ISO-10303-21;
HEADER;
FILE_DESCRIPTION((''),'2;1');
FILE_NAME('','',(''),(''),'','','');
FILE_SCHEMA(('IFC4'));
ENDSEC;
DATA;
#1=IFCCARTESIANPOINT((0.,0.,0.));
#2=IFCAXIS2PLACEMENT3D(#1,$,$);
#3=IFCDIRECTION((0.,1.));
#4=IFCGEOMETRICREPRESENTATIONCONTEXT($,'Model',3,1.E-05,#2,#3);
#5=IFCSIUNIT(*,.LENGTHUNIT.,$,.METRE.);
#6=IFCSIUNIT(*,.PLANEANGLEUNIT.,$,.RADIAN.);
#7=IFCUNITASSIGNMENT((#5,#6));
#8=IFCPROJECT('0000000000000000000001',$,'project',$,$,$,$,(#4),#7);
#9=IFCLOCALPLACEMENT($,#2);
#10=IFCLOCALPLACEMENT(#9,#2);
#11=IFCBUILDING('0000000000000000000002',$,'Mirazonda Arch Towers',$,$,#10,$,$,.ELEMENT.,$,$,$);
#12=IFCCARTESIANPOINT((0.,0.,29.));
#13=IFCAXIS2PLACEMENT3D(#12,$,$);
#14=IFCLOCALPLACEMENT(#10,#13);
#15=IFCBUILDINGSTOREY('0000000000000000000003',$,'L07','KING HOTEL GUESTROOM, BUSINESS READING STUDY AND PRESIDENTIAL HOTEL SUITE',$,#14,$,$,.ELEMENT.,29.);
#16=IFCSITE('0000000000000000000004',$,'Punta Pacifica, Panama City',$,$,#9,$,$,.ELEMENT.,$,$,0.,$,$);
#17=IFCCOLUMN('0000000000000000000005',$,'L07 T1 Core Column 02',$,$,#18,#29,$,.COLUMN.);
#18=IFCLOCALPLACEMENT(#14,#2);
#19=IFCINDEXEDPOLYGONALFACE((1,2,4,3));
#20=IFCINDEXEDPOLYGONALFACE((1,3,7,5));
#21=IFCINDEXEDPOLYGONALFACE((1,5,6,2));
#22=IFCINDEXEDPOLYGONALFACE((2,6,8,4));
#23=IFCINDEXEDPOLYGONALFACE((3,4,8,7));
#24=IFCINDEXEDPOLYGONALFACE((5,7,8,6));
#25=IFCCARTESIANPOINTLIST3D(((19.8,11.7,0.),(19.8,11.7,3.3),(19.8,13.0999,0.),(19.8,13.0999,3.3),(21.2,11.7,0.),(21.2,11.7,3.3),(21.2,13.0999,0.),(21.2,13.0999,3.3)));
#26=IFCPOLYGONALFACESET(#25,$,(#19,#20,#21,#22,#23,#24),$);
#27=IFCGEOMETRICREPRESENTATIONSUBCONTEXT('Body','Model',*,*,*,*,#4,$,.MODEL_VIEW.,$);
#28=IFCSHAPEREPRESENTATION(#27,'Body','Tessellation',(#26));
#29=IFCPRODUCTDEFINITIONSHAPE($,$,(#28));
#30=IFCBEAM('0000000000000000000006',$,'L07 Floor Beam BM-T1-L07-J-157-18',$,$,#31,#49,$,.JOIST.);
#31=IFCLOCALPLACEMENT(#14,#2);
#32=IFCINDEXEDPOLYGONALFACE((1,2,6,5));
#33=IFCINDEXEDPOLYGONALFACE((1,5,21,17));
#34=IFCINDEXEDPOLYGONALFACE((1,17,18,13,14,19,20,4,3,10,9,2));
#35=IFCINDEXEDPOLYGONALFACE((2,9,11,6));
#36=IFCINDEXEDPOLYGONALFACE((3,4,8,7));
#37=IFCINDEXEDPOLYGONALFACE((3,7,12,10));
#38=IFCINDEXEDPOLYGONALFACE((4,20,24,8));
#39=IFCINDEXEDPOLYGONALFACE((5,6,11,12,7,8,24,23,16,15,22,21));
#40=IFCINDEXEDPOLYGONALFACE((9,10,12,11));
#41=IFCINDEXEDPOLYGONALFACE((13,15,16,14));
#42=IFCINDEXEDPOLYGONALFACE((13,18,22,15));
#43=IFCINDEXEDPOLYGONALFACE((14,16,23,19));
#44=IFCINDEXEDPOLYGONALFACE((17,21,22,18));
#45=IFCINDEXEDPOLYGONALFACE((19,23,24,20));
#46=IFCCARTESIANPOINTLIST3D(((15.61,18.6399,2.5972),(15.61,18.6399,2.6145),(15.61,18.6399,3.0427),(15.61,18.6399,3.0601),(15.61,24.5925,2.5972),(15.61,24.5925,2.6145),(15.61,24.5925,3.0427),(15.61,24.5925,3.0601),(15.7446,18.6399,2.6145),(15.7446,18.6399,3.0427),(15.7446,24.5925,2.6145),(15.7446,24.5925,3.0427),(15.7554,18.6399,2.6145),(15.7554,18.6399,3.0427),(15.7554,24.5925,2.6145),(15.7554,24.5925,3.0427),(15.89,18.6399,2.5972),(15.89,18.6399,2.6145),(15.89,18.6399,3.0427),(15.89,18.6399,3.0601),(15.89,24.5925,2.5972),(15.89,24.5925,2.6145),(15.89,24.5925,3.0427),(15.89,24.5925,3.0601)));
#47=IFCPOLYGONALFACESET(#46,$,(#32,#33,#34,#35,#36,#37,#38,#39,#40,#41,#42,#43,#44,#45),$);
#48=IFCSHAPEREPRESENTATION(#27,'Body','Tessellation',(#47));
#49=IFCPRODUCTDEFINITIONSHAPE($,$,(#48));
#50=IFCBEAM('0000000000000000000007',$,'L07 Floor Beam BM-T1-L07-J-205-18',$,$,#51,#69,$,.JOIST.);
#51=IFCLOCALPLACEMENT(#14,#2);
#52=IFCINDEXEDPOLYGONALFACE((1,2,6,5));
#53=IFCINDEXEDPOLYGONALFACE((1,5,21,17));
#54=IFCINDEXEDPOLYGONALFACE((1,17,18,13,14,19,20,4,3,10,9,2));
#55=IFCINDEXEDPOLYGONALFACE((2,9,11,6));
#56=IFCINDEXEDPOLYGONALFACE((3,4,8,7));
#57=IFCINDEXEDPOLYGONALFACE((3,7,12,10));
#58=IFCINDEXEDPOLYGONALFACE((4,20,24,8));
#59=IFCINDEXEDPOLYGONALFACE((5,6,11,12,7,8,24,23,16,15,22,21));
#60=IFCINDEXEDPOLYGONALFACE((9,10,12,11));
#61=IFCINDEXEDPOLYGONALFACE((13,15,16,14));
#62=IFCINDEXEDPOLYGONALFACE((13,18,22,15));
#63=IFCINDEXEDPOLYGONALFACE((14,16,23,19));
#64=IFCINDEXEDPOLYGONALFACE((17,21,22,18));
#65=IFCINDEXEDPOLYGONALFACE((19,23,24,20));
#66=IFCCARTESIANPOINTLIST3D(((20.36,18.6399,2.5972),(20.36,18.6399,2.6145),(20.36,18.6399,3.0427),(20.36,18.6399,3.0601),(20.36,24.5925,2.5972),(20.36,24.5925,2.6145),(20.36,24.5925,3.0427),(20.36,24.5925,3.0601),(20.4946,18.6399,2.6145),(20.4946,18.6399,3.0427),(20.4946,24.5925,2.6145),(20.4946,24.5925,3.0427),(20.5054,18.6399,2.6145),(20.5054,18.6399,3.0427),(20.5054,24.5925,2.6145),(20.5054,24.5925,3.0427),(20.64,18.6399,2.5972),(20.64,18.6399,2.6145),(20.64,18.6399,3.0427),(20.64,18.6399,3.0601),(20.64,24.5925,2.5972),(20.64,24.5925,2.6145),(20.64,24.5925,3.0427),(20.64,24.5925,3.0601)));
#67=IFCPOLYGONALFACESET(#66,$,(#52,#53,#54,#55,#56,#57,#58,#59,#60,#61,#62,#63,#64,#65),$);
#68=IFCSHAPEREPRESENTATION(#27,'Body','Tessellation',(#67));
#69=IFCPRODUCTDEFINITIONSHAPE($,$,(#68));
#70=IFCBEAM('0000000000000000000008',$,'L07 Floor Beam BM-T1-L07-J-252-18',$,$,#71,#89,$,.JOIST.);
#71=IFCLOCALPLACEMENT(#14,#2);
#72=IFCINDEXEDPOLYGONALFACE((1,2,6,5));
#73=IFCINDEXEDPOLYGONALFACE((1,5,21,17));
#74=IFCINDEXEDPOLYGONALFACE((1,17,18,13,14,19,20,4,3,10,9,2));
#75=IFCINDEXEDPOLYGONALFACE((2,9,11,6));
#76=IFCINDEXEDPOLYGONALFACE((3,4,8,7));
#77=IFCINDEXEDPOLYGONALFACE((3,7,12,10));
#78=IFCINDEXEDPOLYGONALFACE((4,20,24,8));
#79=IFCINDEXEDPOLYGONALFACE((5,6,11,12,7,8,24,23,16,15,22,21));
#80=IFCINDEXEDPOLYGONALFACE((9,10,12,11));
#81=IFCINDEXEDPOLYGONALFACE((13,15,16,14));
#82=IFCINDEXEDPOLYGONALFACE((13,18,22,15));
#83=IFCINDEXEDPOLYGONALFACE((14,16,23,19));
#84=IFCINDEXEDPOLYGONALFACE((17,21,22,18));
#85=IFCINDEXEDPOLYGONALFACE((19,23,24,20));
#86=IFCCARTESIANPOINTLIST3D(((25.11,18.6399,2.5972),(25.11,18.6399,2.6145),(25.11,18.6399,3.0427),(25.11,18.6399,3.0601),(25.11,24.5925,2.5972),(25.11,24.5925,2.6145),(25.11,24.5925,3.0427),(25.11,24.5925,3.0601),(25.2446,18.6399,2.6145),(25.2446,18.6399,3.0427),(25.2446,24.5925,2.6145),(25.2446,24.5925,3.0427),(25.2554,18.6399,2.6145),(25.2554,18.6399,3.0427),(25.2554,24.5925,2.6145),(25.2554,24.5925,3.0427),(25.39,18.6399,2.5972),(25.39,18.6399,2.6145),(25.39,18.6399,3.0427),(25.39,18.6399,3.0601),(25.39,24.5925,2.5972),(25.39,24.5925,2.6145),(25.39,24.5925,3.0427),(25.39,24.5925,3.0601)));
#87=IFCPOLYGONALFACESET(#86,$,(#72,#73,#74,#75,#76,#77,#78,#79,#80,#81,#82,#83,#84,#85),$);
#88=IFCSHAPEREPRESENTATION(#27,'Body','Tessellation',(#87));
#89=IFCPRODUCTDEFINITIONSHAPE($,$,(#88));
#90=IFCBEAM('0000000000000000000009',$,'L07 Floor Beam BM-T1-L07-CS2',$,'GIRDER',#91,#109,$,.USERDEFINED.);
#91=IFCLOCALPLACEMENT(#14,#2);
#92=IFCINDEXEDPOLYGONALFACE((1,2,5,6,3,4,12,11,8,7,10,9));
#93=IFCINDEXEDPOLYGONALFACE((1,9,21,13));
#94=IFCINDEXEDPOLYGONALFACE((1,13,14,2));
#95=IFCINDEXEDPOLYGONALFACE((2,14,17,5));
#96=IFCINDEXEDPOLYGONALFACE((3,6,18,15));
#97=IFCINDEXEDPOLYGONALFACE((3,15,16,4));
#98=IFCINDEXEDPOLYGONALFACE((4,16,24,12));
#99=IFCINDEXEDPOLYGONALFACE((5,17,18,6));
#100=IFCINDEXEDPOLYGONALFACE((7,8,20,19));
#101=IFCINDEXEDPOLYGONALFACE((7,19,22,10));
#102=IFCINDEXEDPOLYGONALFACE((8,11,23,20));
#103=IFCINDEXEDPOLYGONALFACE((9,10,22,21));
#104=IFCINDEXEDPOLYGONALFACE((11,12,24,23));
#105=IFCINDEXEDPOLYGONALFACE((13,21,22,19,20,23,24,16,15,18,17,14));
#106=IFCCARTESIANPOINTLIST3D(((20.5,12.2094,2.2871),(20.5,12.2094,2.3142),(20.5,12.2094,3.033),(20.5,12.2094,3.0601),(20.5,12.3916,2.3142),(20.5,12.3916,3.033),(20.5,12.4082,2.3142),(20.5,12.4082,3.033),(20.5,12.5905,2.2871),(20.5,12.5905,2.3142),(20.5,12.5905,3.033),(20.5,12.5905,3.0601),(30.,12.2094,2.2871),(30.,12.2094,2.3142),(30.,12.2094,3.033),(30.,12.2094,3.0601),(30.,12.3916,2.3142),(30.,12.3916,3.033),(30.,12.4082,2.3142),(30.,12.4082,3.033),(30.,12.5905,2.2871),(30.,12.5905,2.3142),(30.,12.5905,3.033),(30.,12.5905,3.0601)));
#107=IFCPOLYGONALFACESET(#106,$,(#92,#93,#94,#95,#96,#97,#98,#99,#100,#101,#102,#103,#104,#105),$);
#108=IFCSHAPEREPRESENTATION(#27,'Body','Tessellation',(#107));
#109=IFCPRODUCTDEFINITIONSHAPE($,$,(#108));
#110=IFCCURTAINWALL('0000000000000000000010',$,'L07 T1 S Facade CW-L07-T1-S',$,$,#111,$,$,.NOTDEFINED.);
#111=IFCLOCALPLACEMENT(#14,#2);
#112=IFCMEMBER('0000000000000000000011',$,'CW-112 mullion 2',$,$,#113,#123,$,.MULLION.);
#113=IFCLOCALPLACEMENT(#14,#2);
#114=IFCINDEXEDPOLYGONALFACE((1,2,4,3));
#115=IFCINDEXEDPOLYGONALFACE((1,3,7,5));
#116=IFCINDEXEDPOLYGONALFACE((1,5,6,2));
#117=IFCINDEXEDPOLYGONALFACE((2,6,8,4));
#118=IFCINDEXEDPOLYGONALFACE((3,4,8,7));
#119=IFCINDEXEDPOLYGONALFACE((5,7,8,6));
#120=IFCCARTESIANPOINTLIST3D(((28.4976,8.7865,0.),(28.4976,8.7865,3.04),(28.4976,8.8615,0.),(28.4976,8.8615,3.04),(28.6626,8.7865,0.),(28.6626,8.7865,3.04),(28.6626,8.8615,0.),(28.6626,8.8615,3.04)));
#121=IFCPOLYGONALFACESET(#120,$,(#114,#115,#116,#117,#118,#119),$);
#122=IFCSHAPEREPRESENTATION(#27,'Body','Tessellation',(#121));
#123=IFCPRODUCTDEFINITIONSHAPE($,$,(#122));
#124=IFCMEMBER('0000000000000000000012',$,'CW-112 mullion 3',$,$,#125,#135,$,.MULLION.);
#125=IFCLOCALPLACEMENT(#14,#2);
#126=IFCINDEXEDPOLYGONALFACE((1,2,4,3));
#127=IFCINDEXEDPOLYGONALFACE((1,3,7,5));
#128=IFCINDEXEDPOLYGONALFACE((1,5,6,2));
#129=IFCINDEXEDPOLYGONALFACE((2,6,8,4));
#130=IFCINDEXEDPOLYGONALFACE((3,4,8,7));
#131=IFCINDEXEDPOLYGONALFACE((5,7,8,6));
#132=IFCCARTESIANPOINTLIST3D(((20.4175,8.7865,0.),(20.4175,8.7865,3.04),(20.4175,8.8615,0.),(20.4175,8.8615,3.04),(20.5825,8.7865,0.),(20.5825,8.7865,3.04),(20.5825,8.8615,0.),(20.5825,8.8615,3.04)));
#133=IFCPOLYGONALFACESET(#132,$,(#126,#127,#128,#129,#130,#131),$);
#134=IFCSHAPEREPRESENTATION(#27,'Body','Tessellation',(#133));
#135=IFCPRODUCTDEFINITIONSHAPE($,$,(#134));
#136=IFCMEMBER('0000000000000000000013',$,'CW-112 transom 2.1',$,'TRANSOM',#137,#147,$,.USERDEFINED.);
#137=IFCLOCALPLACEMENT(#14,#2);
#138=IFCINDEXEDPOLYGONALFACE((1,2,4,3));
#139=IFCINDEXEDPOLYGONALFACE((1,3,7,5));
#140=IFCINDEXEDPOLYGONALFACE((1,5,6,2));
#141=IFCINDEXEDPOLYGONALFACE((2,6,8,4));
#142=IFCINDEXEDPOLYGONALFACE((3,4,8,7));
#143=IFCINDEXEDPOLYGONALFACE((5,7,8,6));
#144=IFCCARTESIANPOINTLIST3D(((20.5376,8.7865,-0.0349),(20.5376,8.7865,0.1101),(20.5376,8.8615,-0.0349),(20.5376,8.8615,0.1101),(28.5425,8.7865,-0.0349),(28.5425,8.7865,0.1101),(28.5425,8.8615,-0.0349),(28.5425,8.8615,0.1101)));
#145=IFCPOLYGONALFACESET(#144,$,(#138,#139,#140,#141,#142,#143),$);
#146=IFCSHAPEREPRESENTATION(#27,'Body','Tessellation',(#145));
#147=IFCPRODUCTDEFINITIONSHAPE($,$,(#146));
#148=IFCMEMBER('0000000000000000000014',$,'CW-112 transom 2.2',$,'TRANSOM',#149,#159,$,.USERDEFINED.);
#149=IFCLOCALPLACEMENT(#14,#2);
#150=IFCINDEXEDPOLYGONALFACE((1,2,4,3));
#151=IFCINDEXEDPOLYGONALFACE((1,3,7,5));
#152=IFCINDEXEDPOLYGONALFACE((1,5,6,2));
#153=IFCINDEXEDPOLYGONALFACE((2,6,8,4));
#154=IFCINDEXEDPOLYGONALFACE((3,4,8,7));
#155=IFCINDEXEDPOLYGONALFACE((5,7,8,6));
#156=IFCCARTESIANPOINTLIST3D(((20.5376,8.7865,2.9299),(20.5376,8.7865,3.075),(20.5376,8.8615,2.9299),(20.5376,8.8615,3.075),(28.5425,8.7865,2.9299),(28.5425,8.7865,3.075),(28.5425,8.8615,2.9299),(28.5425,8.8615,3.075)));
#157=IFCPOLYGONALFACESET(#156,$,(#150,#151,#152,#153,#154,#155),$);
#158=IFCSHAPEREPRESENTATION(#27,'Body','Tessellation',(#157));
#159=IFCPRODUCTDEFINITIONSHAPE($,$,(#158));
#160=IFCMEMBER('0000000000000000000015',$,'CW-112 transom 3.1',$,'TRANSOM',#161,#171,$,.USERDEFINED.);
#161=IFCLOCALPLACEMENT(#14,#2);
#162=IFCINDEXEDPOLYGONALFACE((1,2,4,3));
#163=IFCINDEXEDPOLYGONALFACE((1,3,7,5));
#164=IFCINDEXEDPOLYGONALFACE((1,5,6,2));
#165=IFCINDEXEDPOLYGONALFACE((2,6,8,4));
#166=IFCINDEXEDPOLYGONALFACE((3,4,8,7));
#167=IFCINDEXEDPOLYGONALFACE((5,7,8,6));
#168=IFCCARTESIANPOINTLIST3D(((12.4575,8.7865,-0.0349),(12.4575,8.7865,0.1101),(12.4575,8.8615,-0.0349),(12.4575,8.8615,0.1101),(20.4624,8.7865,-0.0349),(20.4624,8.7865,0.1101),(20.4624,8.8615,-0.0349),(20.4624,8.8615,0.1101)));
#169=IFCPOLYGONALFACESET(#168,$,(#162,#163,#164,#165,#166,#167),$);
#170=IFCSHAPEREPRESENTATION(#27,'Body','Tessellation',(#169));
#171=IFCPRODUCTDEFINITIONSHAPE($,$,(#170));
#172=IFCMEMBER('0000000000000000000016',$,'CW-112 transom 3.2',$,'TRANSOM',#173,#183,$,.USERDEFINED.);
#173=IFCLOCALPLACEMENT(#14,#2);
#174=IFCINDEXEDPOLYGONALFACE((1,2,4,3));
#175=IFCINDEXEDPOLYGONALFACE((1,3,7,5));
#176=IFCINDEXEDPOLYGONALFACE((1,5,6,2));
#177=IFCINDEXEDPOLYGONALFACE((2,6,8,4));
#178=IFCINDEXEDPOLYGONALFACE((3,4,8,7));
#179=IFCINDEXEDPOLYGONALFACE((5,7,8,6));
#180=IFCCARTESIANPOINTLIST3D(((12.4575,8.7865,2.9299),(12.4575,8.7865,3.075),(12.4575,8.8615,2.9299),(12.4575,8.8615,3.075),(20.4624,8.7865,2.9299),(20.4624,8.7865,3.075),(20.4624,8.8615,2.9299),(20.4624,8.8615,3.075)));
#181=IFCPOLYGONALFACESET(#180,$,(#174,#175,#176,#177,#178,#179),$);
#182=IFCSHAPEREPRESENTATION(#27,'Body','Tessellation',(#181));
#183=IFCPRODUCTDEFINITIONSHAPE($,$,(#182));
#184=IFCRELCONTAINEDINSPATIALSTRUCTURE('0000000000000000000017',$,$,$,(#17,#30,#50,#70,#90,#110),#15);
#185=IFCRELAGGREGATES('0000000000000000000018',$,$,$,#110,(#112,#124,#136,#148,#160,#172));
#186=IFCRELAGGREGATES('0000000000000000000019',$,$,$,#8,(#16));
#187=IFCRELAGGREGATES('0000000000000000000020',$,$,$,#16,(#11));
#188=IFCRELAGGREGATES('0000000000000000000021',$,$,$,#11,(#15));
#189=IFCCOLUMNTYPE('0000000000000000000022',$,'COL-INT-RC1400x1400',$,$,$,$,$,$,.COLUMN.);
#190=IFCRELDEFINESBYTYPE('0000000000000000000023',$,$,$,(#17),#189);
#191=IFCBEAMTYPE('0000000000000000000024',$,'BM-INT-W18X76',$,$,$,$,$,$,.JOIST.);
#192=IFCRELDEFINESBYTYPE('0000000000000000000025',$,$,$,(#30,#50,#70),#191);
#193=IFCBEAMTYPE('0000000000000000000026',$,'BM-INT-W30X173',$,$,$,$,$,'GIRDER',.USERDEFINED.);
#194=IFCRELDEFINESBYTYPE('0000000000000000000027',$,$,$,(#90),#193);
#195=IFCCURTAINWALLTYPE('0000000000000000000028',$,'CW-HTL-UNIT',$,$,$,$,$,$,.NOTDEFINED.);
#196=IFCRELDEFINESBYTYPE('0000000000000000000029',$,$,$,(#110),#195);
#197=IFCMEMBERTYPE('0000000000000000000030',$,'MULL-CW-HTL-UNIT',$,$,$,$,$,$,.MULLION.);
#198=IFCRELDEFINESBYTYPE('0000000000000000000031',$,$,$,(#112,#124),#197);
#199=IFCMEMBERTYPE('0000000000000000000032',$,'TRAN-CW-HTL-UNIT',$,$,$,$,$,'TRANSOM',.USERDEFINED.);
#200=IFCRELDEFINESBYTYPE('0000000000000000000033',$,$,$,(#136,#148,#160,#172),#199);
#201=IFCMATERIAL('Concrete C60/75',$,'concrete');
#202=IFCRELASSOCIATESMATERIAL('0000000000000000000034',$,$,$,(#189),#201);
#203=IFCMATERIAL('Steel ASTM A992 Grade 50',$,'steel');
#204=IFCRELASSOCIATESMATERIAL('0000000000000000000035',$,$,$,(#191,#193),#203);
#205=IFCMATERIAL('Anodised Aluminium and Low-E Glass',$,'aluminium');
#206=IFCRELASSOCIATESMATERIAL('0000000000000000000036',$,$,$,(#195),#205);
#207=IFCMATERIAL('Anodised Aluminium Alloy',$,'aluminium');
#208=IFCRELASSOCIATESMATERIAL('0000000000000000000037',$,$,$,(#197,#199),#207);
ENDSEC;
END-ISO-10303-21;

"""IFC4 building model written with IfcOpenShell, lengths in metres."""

from ifc_helpers import new_model, si_unit, direction, frame, origin, origin_2d, place, context, subcontext, project, spatial, rectangle, i_section, extrude, material, material_profile, profile_set, type_object, element, aggregate, save


model = new_model("IFC4")

# Units and contexts
model_context = context("Model", 3, precision=1e-05, world=origin(), true_north=direction((0.0, 1.0)))
body_context = subcontext(model_context, "Body", "Model", "MODEL_VIEW")
ifc_project = project(units=[si_unit("LENGTHUNIT", "METRE"), si_unit("PLANEANGLEUNIT", "RADIAN")], contexts=[model_context])

# Site, building, storey
site_placement = place(None, origin())
site = spatial("IfcSite", under=ifc_project, at=site_placement, Name="Punta Pacifica, Panama City", CompositionType="ELEMENT", RefElevation=0.0)
building_placement = place(site_placement, origin())
building = spatial("IfcBuilding", under=site, at=building_placement, Name="Mirazonda Arch Towers", CompositionType="ELEMENT")
storey_placement = place(building_placement, frame((0.0, 0.0, 29.0)))
storey = spatial("IfcBuildingStorey", under=building, at=storey_placement, Name="L07", Description="KING HOTEL GUESTROOM, BUSINESS READING STUDY AND PRESIDENTIAL HOTEL SUITE", CompositionType="ELEMENT", Elevation=29.0)

# Column
ifc_material_1 = material(Name="Concrete C60/75", Category="concrete")
ifc_material_profile_1 = material_profile(ifc_material_1, rectangle(XDim=1.3999, YDim=1.3999, at=origin_2d()), Name="RC1400x1400")
ifc_profile_set_1 = profile_set([ifc_material_profile_1], Name="Concrete C60/75")
column_type = type_object("IfcColumnType", Name="COL-INT-RC1400x1400", PredefinedType="COLUMN", material=ifc_profile_set_1)
column_placement = place(storey_placement, frame((20.5, 12.3999, 0.0), z_axis=(0.0, 0.0, 1.0), x_axis=(1.0, 0.0, 0.0)))
element("IfcColumn", 1, at=column_placement, inside=storey, type_object=column_type, Name="L07 T1 Core Column 02", PredefinedType="COLUMN", context=body_context, shape_type="SweptSolid", body=[
    extrude(rectangle(XDim=1.3999, YDim=1.3999, at=origin_2d()), origin(), (0.0, 0.0, 1.0), 3.3),
])

# Beams
ifc_material_2 = material(Name="Steel ASTM A992 Grade 50", Category="steel")
ifc_material_profile_2 = material_profile(ifc_material_2, i_section(OverallWidth=0.28, OverallDepth=0.4629, WebThickness=0.0107, FlangeThickness=0.0173, at=origin_2d()), Name="W18X76")
ifc_profile_set_2 = profile_set([ifc_material_profile_2], Name="Steel ASTM A992 Grade 50")
beam_type_1 = type_object("IfcBeamType", Name="BM-INT-W18X76", PredefinedType="JOIST", material=ifc_profile_set_2)
for number, where, z_axis, x_axis, name in (
    (2, (15.75, 18.6399, 2.8286), (0.0, 1.0, 0.0), (-1.0, 0.0, 0.0), "L07 Floor Beam BM-T1-L07-J-157-18"),
    (3, (20.5, 18.6399, 2.8286), (0.0, 1.0, 0.0), (-1.0, 0.0, 0.0), "L07 Floor Beam BM-T1-L07-J-205-18"),
    (4, (25.25, 18.6399, 2.8286), (0.0, 1.0, 0.0), (-1.0, 0.0, 0.0), "L07 Floor Beam BM-T1-L07-J-252-18"),
):
    element("IfcBeam", number, at=place(storey_placement, frame(where, z_axis=z_axis, x_axis=x_axis)), inside=storey, type_object=beam_type_1, Name=name, PredefinedType="JOIST", context=body_context, shape_type="SweptSolid", body=[
        extrude(i_section(OverallWidth=0.28, OverallDepth=0.4629, WebThickness=0.0107, FlangeThickness=0.0173, at=origin_2d()), origin(), (0.0, 0.0, 1.0), 5.9526),
    ])
ifc_material_profile_3 = material_profile(ifc_material_2, i_section(OverallWidth=0.3811, OverallDepth=0.7729, WebThickness=0.0166, FlangeThickness=0.0271, at=origin_2d()), Name="W30X173")
ifc_profile_set_3 = profile_set([ifc_material_profile_3], Name="Steel ASTM A992 Grade 50")
beam_type_2 = type_object("IfcBeamType", Name="BM-INT-W30X173", ElementType="GIRDER", PredefinedType="USERDEFINED", material=ifc_profile_set_3)
beam_placement = place(storey_placement, frame((20.5, 12.3999, 2.6736), z_axis=(1.0, 0.0, 0.0), x_axis=(0.0, 1.0, 0.0)))
element("IfcBeam", 5, at=beam_placement, inside=storey, type_object=beam_type_2, Name="L07 Floor Beam BM-T1-L07-CS2", ObjectType="GIRDER", PredefinedType="USERDEFINED", context=body_context, shape_type="SweptSolid", body=[
    extrude(i_section(OverallWidth=0.3811, OverallDepth=0.7729, WebThickness=0.0166, FlangeThickness=0.0271, at=origin_2d()), origin(), (0.0, 0.0, 1.0), 9.5),
])

# Curtain wall, members
ifc_material_3 = material(Name="Anodised Aluminium and Low-E Glass", Category="aluminium")
curtain_wall_type = type_object("IfcCurtainWallType", Name="CW-HTL-UNIT", PredefinedType="NOTDEFINED", material=ifc_material_3)
curtain_wall_placement = place(storey_placement, origin())
curtain_wall = element("IfcCurtainWall", 6, at=curtain_wall_placement, inside=storey, type_object=curtain_wall_type, Name="L07 T1 S Facade CW-L07-T1-S", PredefinedType="NOTDEFINED")
ifc_material_4 = material(Name="Anodised Aluminium Alloy", Category="aluminium")
ifc_material_profile_4 = material_profile(ifc_material_4, rectangle(XDim=0.075, YDim=0.165, at=origin_2d()), Name="ALU-MULL-75x165")
ifc_profile_set_4 = profile_set([ifc_material_profile_4], Name="Anodised Aluminium Alloy")
member_type_1 = type_object("IfcMemberType", Name="MULL-CW-HTL-UNIT", PredefinedType="MULLION", material=ifc_profile_set_4)
member_1_placement = place(storey_placement, frame((28.5801, 8.824, 0.0), z_axis=(0.0, 0.0, 1.0), x_axis=(0.0, -1.0, 0.0)))
member_1 = element("IfcMember", 7, at=member_1_placement, type_object=member_type_1, Name="CW-112 mullion 2", PredefinedType="MULLION", context=body_context, shape_type="SweptSolid", body=[
    extrude(rectangle(XDim=0.075, YDim=0.165, at=origin_2d()), origin(), (0.0, 0.0, 1.0), 3.04),
])
member_2_placement = place(storey_placement, frame((20.5, 8.824, 0.0), z_axis=(0.0, 0.0, 1.0), x_axis=(0.0, -1.0, 0.0)))
member_2 = element("IfcMember", 8, at=member_2_placement, type_object=member_type_1, Name="CW-112 mullion 3", PredefinedType="MULLION", context=body_context, shape_type="SweptSolid", body=[
    extrude(rectangle(XDim=0.075, YDim=0.165, at=origin_2d()), origin(), (0.0, 0.0, 1.0), 3.04),
])
ifc_material_profile_5 = material_profile(ifc_material_4, rectangle(XDim=0.075, YDim=0.145, at=origin_2d()), Name="ALU-TRAN-75x145")
ifc_profile_set_5 = profile_set([ifc_material_profile_5], Name="Anodised Aluminium Alloy")
member_type_2 = type_object("IfcMemberType", Name="TRAN-CW-HTL-UNIT", ElementType="TRANSOM", PredefinedType="USERDEFINED", material=ifc_profile_set_5)
member_3_placement = place(storey_placement, frame((28.5425, 8.824, 0.0376), z_axis=(-1.0, 0.0, 0.0), x_axis=(0.0, -1.0, 0.0)))
member_3 = element("IfcMember", 9, at=member_3_placement, type_object=member_type_2, Name="CW-112 transom 2.1", ObjectType="TRANSOM", PredefinedType="USERDEFINED", context=body_context, shape_type="SweptSolid", body=[
    extrude(rectangle(XDim=0.075, YDim=0.145, at=origin_2d()), origin(), (0.0, 0.0, 1.0), 8.0049),
])
member_4_placement = place(storey_placement, frame((28.5425, 8.824, 3.0024), z_axis=(-1.0, 0.0, 0.0), x_axis=(0.0, -1.0, 0.0)))
member_4 = element("IfcMember", 10, at=member_4_placement, type_object=member_type_2, Name="CW-112 transom 2.2", ObjectType="TRANSOM", PredefinedType="USERDEFINED", context=body_context, shape_type="SweptSolid", body=[
    extrude(rectangle(XDim=0.075, YDim=0.145, at=origin_2d()), origin(), (0.0, 0.0, 1.0), 8.0049),
])
member_5_placement = place(storey_placement, frame((20.4624, 8.824, 0.0376), z_axis=(-1.0, 0.0, 0.0), x_axis=(0.0, -1.0, 0.0)))
member_5 = element("IfcMember", 11, at=member_5_placement, type_object=member_type_2, Name="CW-112 transom 3.1", ObjectType="TRANSOM", PredefinedType="USERDEFINED", context=body_context, shape_type="SweptSolid", body=[
    extrude(rectangle(XDim=0.075, YDim=0.145, at=origin_2d()), origin(), (0.0, 0.0, 1.0), 8.0049),
])
member_6_placement = place(storey_placement, frame((20.4624, 8.824, 3.0024), z_axis=(-1.0, 0.0, 0.0), x_axis=(0.0, -1.0, 0.0)))
member_6 = element("IfcMember", 12, at=member_6_placement, type_object=member_type_2, Name="CW-112 transom 3.2", ObjectType="TRANSOM", PredefinedType="USERDEFINED", context=body_context, shape_type="SweptSolid", body=[
    extrude(rectangle(XDim=0.075, YDim=0.145, at=origin_2d()), origin(), (0.0, 0.0, 1.0), 8.0049),
])
aggregate(curtain_wall, [member_1, member_2, member_3, member_4, member_5, member_6])

save(model, "model.ifc")
